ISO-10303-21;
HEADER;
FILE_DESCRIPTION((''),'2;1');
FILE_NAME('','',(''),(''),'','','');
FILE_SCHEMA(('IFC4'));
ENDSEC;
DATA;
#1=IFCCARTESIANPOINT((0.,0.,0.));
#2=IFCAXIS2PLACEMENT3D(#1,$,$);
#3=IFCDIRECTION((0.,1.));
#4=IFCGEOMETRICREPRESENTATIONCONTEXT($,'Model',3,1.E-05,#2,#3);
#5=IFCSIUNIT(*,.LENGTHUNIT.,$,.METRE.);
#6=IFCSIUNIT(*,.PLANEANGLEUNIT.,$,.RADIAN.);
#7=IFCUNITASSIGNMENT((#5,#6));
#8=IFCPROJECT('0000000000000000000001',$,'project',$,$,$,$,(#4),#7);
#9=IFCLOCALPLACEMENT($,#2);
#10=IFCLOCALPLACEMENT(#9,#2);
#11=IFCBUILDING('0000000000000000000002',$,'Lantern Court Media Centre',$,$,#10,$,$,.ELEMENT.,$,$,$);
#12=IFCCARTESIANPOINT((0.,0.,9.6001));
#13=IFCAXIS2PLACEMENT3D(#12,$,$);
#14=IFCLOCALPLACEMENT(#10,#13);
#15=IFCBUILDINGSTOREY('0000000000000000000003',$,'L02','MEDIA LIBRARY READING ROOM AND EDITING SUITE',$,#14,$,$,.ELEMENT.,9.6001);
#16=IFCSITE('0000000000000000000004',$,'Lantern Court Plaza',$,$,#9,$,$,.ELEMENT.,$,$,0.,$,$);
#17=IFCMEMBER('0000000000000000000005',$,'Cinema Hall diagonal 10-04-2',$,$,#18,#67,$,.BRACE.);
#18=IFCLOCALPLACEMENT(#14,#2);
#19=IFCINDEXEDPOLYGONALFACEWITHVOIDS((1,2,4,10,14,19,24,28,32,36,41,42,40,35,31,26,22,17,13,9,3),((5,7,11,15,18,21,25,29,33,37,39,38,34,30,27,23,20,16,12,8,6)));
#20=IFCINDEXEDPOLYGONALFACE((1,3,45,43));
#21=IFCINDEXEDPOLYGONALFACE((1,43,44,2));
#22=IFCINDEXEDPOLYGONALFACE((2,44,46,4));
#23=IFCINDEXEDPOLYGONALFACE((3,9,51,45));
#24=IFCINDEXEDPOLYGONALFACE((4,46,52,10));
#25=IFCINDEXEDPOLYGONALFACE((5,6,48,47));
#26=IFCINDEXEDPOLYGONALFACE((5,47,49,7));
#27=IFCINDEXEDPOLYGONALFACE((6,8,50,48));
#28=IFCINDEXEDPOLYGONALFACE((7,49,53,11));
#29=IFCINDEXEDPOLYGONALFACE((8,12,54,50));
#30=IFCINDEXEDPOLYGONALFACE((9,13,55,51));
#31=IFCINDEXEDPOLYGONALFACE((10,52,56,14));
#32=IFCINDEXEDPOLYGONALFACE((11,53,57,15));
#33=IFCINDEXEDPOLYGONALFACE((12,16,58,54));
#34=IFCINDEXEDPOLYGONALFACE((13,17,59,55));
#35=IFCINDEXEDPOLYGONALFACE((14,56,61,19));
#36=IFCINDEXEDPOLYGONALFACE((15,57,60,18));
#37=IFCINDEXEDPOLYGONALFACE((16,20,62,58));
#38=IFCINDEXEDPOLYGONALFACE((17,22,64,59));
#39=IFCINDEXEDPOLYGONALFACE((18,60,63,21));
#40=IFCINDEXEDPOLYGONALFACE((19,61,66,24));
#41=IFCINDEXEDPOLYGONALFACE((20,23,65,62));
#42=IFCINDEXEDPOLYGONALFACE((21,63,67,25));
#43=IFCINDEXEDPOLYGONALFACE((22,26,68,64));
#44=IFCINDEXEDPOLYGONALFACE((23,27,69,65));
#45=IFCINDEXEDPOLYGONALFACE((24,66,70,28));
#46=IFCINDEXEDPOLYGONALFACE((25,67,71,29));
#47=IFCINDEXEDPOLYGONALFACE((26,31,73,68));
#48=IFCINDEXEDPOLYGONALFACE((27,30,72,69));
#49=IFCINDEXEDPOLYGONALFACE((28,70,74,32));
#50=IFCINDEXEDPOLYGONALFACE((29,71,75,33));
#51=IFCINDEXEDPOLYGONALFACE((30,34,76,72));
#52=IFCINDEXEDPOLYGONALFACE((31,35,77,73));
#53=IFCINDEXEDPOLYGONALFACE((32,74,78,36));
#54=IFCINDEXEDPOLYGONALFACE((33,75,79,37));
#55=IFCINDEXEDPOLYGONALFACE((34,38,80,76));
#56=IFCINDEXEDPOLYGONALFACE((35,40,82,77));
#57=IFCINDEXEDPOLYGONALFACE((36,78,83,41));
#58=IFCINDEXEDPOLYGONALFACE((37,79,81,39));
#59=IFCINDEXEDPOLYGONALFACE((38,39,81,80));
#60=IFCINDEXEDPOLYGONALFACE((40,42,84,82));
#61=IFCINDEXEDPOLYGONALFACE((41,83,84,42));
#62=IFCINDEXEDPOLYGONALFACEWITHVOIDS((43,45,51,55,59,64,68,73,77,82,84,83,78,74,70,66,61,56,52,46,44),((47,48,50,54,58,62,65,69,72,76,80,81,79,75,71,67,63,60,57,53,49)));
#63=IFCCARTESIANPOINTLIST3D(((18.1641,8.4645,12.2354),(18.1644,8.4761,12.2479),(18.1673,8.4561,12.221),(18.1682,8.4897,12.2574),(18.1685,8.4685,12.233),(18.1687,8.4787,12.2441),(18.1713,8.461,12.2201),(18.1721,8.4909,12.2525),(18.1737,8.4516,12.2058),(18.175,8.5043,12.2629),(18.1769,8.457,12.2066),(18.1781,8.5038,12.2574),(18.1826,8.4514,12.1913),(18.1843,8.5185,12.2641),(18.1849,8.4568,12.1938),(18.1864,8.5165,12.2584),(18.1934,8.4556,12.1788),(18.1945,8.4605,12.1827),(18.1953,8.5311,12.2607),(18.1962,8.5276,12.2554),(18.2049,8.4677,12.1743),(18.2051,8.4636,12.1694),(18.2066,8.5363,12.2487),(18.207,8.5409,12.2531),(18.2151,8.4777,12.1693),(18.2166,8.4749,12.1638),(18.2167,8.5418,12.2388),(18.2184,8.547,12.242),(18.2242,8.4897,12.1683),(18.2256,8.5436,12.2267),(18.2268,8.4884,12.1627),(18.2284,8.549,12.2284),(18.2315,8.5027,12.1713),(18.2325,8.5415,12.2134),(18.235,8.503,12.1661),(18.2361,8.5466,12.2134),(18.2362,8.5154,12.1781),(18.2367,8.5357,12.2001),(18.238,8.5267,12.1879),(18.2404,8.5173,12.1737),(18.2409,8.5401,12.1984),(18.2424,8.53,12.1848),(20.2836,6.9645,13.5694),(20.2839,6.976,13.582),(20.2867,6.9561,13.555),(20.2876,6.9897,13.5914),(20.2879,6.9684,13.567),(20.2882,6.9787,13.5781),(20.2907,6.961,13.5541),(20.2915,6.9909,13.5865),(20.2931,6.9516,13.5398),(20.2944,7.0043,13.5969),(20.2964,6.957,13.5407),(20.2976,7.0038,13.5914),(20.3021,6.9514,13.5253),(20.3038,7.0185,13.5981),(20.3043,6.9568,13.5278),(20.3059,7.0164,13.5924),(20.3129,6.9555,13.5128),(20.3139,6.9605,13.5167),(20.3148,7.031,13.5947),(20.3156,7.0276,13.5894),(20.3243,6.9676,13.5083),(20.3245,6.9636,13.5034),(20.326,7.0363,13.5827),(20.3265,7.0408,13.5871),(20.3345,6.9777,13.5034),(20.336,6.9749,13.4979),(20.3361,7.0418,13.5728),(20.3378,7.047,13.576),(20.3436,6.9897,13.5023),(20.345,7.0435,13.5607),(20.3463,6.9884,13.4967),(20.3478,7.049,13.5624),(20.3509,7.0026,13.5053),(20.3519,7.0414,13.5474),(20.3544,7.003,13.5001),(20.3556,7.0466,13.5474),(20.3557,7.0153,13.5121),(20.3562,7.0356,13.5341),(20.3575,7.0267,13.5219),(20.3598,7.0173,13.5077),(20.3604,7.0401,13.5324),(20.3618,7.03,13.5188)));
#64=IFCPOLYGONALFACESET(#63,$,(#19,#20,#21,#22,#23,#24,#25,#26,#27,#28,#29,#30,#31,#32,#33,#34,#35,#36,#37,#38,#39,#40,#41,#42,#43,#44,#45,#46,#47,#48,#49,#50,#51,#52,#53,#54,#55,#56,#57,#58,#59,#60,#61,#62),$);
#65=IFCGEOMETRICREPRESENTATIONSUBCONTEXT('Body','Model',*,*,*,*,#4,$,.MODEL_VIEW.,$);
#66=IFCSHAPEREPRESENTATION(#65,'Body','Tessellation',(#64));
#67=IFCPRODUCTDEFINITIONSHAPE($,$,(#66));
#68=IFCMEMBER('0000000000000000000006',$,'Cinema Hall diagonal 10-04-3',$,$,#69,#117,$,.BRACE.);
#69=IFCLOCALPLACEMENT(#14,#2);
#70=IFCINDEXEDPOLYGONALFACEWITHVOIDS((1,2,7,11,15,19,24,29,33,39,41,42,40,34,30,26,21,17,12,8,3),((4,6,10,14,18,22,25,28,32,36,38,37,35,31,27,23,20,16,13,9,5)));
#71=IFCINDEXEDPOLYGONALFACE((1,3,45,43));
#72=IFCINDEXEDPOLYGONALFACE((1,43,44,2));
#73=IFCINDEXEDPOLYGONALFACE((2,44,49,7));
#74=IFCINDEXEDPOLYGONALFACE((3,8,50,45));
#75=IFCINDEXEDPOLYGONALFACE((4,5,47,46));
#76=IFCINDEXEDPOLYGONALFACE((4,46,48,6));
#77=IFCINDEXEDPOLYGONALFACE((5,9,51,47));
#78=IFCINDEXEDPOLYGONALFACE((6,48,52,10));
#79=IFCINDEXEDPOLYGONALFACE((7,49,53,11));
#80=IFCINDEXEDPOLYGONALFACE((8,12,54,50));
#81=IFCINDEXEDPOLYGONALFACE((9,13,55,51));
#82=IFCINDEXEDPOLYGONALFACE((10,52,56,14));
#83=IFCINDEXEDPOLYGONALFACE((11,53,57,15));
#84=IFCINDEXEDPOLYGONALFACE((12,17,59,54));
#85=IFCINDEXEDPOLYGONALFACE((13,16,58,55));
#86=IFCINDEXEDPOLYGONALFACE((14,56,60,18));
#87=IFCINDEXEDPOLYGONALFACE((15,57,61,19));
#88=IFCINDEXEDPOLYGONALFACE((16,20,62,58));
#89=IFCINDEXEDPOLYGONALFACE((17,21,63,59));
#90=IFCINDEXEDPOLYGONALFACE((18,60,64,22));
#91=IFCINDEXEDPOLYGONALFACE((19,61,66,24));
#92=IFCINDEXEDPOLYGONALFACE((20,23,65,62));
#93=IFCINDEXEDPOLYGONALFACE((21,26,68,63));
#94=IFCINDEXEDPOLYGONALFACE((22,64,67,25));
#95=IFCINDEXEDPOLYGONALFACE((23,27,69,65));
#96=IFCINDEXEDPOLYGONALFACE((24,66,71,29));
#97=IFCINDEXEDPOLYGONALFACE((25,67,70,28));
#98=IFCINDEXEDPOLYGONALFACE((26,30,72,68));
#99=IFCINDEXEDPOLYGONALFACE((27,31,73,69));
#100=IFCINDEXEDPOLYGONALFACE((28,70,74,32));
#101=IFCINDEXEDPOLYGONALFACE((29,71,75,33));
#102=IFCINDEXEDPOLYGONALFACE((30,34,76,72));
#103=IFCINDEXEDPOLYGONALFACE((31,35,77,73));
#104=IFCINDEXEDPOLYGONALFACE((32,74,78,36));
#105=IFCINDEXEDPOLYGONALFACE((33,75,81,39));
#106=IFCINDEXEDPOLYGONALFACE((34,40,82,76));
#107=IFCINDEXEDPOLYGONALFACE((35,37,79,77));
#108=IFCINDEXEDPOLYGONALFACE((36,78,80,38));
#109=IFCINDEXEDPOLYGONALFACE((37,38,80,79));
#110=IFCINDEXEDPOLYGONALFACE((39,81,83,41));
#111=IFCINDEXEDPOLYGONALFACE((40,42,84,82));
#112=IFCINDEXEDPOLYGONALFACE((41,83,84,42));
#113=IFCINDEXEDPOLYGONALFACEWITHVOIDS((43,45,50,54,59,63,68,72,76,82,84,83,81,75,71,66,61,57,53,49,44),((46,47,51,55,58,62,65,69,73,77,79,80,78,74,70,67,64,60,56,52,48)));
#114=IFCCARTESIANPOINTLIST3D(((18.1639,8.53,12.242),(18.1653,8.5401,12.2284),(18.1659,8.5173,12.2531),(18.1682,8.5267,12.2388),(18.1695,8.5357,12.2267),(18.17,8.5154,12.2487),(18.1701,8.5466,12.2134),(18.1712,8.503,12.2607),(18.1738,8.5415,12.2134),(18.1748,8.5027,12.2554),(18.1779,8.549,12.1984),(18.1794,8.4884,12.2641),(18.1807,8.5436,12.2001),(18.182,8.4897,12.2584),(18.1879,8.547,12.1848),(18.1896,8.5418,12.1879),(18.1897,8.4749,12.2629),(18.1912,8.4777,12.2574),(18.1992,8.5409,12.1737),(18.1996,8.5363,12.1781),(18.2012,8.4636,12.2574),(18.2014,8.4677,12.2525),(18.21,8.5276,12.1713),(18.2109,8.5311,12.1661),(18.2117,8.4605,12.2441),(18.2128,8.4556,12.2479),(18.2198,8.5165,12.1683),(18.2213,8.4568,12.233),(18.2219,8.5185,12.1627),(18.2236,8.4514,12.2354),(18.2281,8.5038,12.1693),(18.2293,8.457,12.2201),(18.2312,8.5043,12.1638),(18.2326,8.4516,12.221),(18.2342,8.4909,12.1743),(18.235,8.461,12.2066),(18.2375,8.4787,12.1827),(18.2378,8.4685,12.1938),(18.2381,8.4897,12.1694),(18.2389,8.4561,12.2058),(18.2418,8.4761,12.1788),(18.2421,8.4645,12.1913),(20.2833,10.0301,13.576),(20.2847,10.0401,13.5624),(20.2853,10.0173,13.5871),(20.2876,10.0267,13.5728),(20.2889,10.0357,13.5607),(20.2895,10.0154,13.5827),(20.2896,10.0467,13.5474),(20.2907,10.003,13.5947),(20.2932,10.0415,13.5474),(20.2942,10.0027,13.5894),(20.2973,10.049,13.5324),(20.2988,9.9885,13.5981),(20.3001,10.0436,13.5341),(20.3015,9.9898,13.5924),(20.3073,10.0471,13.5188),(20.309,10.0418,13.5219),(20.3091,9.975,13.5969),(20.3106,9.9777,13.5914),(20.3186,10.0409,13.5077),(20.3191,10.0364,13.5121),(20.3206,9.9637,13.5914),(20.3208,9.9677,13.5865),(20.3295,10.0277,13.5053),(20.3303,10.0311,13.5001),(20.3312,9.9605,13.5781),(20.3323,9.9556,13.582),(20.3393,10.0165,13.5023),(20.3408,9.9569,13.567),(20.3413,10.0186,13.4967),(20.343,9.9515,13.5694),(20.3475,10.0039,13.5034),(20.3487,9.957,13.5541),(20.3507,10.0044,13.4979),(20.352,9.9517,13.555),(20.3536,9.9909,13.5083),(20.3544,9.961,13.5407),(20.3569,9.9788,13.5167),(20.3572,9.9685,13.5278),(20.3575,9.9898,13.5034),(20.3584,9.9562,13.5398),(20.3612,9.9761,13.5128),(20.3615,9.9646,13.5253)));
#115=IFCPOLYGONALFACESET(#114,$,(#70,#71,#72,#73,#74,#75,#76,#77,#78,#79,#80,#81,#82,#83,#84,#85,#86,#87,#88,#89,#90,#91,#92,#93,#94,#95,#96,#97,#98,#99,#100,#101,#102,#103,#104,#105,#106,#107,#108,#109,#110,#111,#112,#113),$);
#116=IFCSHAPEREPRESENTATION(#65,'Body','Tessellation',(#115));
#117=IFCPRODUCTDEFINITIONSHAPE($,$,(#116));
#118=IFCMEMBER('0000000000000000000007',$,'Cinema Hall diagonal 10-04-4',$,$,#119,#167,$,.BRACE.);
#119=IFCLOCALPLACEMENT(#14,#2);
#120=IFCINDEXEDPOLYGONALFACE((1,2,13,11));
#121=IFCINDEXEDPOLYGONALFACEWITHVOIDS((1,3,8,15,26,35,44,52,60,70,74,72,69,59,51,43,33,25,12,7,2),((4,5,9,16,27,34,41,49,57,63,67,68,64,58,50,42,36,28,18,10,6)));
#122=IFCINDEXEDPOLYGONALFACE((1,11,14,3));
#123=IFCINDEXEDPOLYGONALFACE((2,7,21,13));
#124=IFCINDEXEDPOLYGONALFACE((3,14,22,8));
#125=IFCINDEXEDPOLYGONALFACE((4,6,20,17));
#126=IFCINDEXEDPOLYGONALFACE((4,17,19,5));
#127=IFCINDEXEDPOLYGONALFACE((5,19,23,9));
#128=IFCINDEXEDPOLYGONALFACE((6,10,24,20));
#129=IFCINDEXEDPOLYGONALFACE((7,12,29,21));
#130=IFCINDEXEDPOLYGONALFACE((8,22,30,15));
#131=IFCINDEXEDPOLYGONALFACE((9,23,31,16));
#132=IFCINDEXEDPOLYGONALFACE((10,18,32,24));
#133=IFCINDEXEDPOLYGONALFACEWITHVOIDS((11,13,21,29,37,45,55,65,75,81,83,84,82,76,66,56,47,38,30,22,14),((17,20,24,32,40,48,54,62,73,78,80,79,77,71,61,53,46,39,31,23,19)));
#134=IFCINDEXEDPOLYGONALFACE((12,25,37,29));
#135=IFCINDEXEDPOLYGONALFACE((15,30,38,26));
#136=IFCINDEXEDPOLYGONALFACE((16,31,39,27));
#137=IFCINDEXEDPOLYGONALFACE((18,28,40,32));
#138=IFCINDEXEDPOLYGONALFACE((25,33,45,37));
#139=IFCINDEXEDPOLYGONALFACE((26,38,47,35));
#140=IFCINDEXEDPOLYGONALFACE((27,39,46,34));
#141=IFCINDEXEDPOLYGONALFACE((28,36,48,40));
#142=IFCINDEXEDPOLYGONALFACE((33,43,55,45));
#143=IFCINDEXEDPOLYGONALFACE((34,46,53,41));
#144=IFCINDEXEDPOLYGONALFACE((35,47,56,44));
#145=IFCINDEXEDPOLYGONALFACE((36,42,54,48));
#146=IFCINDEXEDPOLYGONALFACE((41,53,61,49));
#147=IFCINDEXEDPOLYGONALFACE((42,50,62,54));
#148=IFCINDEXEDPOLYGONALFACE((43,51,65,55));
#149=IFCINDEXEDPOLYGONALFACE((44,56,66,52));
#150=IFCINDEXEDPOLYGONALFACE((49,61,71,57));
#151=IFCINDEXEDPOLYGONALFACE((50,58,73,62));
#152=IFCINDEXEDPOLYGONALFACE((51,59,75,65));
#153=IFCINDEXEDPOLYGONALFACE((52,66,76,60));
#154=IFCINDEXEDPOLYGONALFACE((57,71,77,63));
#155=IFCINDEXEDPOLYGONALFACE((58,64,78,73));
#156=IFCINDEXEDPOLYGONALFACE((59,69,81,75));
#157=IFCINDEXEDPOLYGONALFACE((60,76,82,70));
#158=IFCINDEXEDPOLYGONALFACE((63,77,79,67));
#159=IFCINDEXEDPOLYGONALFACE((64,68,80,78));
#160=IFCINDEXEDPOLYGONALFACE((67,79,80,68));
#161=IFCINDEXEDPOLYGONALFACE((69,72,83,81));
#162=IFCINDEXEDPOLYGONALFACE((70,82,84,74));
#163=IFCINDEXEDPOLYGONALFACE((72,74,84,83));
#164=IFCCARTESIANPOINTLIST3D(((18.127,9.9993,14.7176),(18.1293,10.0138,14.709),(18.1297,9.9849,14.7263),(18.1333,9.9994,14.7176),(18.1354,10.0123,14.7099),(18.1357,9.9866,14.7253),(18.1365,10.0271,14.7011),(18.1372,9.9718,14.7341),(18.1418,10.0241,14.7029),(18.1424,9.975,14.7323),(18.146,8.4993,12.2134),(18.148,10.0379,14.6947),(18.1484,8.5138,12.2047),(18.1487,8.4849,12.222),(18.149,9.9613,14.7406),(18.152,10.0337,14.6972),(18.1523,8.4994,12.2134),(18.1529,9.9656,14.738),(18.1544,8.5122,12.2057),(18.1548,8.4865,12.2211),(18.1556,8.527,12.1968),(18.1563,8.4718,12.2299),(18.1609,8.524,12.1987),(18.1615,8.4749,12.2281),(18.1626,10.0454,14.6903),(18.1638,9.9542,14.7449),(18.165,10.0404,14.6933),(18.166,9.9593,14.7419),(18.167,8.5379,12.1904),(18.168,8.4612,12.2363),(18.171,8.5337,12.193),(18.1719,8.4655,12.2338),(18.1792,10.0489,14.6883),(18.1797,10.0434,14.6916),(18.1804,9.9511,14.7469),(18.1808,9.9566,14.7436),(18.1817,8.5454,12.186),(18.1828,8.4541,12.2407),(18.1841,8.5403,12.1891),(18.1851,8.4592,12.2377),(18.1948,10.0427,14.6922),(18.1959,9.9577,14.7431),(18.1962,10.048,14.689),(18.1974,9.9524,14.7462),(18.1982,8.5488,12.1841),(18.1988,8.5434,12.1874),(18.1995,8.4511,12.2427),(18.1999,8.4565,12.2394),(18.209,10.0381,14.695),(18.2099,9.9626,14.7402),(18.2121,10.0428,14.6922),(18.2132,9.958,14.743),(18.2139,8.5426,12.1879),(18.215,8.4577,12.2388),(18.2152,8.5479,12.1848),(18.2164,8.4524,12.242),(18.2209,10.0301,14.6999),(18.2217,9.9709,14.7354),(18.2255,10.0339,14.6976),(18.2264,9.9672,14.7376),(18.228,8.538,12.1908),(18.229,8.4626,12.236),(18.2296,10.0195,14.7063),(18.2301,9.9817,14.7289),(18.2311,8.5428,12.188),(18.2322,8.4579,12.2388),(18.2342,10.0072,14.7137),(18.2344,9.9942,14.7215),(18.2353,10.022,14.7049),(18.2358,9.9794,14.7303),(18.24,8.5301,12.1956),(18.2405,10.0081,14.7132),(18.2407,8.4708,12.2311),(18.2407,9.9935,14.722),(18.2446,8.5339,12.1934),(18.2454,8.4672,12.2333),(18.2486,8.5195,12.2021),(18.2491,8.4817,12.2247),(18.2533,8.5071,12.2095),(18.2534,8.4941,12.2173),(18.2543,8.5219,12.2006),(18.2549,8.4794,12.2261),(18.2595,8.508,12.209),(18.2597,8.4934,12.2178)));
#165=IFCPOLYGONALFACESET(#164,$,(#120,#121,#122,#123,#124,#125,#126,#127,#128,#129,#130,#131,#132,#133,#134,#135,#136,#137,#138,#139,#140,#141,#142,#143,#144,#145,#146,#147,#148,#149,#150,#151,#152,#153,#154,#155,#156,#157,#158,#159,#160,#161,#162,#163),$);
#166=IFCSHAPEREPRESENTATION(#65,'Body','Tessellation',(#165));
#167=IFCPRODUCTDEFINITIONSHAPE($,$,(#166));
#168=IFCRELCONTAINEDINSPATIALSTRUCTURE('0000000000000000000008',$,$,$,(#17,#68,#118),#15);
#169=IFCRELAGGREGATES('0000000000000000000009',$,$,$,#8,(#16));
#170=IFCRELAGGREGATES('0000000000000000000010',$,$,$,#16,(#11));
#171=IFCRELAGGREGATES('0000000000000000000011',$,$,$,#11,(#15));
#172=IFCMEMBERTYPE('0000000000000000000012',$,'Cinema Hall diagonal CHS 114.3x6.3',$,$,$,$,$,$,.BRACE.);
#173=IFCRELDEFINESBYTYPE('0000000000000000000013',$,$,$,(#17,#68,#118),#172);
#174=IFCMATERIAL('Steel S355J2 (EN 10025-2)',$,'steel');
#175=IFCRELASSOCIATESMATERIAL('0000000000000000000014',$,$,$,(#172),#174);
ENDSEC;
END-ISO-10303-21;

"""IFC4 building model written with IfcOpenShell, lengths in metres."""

from ifc_helpers import new_model, si_unit, direction, frame, origin, origin_2d, place, context, subcontext, project, spatial, hollow_circle, extrude, material, material_profile, profile_set, type_object, element, save


model = new_model("IFC4")

# Units and contexts
model_context = context("Model", 3, precision=1e-05, world=origin(), true_north=direction((0.0, 1.0)))
body_context = subcontext(model_context, "Body", "Model", "MODEL_VIEW")
ifc_project = project(units=[si_unit("LENGTHUNIT", "METRE"), si_unit("PLANEANGLEUNIT", "RADIAN")], contexts=[model_context])

# Site, building, storey
site_placement = place(None, origin())
site = spatial("IfcSite", under=ifc_project, at=site_placement, Name="Lantern Court Plaza", CompositionType="ELEMENT", RefElevation=0.0)
building_placement = place(site_placement, origin())
building = spatial("IfcBuilding", under=site, at=building_placement, Name="Lantern Court Media Centre", CompositionType="ELEMENT")
storey_placement = place(building_placement, frame((0.0, 0.0, 9.6001)))
storey = spatial("IfcBuildingStorey", under=building, at=storey_placement, Name="L02", Description="MEDIA LIBRARY READING ROOM AND EDITING SUITE", CompositionType="ELEMENT", Elevation=9.6001)

# Members
ifc_material = material(Name="Steel S355J2 (EN 10025-2)", Category="steel")
ifc_material_profile_1 = material_profile(ifc_material, hollow_circle(Radius=0.0571, WallThickness=0.0063, at=origin_2d()), Name="Cinema Hall diagonal CHS 114.3x6.3")
ifc_profile_set_1 = profile_set([ifc_material_profile_1], Name="Steel S355J2 (EN 10025-2)")
member_type_1 = type_object("IfcMemberType", Name="Cinema Hall diagonal CHS 114.3x6.3", PredefinedType="BRACE", material=ifc_profile_set_1)
for number, where, z_axis, x_axis, name in (
    (1, (18.2031, 8.5, 12.2134), (0.726034, -0.513852, 0.45698), (0.577702, 0.816248, 0.0), "Cinema Hall diagonal 10-04-2"),
    (2, (18.2031, 8.5, 12.2134), (0.726034, 0.513852, 0.45698), (-0.577702, 0.816248, 0.0), "Cinema Hall diagonal 10-04-3"),
    (3, (18.2031, 8.5, 12.2134), (-0.006524, 0.513857, 0.857851), (-0.999919, -0.012694, 0.0), "Cinema Hall diagonal 10-04-4"),
):
    element("IfcMember", number, at=place(storey_placement, frame(where, z_axis=z_axis, x_axis=x_axis)), inside=storey, type_object=member_type_1, Name=name, PredefinedType="BRACE", context=body_context, shape_type="SweptSolid", body=[
        extrude(hollow_circle(Radius=0.0571, WallThickness=0.0063, at=origin_2d()), origin(), (0.0, 0.0, 1.0), 2.9192),
    ])

save(model, "model.ifc")
